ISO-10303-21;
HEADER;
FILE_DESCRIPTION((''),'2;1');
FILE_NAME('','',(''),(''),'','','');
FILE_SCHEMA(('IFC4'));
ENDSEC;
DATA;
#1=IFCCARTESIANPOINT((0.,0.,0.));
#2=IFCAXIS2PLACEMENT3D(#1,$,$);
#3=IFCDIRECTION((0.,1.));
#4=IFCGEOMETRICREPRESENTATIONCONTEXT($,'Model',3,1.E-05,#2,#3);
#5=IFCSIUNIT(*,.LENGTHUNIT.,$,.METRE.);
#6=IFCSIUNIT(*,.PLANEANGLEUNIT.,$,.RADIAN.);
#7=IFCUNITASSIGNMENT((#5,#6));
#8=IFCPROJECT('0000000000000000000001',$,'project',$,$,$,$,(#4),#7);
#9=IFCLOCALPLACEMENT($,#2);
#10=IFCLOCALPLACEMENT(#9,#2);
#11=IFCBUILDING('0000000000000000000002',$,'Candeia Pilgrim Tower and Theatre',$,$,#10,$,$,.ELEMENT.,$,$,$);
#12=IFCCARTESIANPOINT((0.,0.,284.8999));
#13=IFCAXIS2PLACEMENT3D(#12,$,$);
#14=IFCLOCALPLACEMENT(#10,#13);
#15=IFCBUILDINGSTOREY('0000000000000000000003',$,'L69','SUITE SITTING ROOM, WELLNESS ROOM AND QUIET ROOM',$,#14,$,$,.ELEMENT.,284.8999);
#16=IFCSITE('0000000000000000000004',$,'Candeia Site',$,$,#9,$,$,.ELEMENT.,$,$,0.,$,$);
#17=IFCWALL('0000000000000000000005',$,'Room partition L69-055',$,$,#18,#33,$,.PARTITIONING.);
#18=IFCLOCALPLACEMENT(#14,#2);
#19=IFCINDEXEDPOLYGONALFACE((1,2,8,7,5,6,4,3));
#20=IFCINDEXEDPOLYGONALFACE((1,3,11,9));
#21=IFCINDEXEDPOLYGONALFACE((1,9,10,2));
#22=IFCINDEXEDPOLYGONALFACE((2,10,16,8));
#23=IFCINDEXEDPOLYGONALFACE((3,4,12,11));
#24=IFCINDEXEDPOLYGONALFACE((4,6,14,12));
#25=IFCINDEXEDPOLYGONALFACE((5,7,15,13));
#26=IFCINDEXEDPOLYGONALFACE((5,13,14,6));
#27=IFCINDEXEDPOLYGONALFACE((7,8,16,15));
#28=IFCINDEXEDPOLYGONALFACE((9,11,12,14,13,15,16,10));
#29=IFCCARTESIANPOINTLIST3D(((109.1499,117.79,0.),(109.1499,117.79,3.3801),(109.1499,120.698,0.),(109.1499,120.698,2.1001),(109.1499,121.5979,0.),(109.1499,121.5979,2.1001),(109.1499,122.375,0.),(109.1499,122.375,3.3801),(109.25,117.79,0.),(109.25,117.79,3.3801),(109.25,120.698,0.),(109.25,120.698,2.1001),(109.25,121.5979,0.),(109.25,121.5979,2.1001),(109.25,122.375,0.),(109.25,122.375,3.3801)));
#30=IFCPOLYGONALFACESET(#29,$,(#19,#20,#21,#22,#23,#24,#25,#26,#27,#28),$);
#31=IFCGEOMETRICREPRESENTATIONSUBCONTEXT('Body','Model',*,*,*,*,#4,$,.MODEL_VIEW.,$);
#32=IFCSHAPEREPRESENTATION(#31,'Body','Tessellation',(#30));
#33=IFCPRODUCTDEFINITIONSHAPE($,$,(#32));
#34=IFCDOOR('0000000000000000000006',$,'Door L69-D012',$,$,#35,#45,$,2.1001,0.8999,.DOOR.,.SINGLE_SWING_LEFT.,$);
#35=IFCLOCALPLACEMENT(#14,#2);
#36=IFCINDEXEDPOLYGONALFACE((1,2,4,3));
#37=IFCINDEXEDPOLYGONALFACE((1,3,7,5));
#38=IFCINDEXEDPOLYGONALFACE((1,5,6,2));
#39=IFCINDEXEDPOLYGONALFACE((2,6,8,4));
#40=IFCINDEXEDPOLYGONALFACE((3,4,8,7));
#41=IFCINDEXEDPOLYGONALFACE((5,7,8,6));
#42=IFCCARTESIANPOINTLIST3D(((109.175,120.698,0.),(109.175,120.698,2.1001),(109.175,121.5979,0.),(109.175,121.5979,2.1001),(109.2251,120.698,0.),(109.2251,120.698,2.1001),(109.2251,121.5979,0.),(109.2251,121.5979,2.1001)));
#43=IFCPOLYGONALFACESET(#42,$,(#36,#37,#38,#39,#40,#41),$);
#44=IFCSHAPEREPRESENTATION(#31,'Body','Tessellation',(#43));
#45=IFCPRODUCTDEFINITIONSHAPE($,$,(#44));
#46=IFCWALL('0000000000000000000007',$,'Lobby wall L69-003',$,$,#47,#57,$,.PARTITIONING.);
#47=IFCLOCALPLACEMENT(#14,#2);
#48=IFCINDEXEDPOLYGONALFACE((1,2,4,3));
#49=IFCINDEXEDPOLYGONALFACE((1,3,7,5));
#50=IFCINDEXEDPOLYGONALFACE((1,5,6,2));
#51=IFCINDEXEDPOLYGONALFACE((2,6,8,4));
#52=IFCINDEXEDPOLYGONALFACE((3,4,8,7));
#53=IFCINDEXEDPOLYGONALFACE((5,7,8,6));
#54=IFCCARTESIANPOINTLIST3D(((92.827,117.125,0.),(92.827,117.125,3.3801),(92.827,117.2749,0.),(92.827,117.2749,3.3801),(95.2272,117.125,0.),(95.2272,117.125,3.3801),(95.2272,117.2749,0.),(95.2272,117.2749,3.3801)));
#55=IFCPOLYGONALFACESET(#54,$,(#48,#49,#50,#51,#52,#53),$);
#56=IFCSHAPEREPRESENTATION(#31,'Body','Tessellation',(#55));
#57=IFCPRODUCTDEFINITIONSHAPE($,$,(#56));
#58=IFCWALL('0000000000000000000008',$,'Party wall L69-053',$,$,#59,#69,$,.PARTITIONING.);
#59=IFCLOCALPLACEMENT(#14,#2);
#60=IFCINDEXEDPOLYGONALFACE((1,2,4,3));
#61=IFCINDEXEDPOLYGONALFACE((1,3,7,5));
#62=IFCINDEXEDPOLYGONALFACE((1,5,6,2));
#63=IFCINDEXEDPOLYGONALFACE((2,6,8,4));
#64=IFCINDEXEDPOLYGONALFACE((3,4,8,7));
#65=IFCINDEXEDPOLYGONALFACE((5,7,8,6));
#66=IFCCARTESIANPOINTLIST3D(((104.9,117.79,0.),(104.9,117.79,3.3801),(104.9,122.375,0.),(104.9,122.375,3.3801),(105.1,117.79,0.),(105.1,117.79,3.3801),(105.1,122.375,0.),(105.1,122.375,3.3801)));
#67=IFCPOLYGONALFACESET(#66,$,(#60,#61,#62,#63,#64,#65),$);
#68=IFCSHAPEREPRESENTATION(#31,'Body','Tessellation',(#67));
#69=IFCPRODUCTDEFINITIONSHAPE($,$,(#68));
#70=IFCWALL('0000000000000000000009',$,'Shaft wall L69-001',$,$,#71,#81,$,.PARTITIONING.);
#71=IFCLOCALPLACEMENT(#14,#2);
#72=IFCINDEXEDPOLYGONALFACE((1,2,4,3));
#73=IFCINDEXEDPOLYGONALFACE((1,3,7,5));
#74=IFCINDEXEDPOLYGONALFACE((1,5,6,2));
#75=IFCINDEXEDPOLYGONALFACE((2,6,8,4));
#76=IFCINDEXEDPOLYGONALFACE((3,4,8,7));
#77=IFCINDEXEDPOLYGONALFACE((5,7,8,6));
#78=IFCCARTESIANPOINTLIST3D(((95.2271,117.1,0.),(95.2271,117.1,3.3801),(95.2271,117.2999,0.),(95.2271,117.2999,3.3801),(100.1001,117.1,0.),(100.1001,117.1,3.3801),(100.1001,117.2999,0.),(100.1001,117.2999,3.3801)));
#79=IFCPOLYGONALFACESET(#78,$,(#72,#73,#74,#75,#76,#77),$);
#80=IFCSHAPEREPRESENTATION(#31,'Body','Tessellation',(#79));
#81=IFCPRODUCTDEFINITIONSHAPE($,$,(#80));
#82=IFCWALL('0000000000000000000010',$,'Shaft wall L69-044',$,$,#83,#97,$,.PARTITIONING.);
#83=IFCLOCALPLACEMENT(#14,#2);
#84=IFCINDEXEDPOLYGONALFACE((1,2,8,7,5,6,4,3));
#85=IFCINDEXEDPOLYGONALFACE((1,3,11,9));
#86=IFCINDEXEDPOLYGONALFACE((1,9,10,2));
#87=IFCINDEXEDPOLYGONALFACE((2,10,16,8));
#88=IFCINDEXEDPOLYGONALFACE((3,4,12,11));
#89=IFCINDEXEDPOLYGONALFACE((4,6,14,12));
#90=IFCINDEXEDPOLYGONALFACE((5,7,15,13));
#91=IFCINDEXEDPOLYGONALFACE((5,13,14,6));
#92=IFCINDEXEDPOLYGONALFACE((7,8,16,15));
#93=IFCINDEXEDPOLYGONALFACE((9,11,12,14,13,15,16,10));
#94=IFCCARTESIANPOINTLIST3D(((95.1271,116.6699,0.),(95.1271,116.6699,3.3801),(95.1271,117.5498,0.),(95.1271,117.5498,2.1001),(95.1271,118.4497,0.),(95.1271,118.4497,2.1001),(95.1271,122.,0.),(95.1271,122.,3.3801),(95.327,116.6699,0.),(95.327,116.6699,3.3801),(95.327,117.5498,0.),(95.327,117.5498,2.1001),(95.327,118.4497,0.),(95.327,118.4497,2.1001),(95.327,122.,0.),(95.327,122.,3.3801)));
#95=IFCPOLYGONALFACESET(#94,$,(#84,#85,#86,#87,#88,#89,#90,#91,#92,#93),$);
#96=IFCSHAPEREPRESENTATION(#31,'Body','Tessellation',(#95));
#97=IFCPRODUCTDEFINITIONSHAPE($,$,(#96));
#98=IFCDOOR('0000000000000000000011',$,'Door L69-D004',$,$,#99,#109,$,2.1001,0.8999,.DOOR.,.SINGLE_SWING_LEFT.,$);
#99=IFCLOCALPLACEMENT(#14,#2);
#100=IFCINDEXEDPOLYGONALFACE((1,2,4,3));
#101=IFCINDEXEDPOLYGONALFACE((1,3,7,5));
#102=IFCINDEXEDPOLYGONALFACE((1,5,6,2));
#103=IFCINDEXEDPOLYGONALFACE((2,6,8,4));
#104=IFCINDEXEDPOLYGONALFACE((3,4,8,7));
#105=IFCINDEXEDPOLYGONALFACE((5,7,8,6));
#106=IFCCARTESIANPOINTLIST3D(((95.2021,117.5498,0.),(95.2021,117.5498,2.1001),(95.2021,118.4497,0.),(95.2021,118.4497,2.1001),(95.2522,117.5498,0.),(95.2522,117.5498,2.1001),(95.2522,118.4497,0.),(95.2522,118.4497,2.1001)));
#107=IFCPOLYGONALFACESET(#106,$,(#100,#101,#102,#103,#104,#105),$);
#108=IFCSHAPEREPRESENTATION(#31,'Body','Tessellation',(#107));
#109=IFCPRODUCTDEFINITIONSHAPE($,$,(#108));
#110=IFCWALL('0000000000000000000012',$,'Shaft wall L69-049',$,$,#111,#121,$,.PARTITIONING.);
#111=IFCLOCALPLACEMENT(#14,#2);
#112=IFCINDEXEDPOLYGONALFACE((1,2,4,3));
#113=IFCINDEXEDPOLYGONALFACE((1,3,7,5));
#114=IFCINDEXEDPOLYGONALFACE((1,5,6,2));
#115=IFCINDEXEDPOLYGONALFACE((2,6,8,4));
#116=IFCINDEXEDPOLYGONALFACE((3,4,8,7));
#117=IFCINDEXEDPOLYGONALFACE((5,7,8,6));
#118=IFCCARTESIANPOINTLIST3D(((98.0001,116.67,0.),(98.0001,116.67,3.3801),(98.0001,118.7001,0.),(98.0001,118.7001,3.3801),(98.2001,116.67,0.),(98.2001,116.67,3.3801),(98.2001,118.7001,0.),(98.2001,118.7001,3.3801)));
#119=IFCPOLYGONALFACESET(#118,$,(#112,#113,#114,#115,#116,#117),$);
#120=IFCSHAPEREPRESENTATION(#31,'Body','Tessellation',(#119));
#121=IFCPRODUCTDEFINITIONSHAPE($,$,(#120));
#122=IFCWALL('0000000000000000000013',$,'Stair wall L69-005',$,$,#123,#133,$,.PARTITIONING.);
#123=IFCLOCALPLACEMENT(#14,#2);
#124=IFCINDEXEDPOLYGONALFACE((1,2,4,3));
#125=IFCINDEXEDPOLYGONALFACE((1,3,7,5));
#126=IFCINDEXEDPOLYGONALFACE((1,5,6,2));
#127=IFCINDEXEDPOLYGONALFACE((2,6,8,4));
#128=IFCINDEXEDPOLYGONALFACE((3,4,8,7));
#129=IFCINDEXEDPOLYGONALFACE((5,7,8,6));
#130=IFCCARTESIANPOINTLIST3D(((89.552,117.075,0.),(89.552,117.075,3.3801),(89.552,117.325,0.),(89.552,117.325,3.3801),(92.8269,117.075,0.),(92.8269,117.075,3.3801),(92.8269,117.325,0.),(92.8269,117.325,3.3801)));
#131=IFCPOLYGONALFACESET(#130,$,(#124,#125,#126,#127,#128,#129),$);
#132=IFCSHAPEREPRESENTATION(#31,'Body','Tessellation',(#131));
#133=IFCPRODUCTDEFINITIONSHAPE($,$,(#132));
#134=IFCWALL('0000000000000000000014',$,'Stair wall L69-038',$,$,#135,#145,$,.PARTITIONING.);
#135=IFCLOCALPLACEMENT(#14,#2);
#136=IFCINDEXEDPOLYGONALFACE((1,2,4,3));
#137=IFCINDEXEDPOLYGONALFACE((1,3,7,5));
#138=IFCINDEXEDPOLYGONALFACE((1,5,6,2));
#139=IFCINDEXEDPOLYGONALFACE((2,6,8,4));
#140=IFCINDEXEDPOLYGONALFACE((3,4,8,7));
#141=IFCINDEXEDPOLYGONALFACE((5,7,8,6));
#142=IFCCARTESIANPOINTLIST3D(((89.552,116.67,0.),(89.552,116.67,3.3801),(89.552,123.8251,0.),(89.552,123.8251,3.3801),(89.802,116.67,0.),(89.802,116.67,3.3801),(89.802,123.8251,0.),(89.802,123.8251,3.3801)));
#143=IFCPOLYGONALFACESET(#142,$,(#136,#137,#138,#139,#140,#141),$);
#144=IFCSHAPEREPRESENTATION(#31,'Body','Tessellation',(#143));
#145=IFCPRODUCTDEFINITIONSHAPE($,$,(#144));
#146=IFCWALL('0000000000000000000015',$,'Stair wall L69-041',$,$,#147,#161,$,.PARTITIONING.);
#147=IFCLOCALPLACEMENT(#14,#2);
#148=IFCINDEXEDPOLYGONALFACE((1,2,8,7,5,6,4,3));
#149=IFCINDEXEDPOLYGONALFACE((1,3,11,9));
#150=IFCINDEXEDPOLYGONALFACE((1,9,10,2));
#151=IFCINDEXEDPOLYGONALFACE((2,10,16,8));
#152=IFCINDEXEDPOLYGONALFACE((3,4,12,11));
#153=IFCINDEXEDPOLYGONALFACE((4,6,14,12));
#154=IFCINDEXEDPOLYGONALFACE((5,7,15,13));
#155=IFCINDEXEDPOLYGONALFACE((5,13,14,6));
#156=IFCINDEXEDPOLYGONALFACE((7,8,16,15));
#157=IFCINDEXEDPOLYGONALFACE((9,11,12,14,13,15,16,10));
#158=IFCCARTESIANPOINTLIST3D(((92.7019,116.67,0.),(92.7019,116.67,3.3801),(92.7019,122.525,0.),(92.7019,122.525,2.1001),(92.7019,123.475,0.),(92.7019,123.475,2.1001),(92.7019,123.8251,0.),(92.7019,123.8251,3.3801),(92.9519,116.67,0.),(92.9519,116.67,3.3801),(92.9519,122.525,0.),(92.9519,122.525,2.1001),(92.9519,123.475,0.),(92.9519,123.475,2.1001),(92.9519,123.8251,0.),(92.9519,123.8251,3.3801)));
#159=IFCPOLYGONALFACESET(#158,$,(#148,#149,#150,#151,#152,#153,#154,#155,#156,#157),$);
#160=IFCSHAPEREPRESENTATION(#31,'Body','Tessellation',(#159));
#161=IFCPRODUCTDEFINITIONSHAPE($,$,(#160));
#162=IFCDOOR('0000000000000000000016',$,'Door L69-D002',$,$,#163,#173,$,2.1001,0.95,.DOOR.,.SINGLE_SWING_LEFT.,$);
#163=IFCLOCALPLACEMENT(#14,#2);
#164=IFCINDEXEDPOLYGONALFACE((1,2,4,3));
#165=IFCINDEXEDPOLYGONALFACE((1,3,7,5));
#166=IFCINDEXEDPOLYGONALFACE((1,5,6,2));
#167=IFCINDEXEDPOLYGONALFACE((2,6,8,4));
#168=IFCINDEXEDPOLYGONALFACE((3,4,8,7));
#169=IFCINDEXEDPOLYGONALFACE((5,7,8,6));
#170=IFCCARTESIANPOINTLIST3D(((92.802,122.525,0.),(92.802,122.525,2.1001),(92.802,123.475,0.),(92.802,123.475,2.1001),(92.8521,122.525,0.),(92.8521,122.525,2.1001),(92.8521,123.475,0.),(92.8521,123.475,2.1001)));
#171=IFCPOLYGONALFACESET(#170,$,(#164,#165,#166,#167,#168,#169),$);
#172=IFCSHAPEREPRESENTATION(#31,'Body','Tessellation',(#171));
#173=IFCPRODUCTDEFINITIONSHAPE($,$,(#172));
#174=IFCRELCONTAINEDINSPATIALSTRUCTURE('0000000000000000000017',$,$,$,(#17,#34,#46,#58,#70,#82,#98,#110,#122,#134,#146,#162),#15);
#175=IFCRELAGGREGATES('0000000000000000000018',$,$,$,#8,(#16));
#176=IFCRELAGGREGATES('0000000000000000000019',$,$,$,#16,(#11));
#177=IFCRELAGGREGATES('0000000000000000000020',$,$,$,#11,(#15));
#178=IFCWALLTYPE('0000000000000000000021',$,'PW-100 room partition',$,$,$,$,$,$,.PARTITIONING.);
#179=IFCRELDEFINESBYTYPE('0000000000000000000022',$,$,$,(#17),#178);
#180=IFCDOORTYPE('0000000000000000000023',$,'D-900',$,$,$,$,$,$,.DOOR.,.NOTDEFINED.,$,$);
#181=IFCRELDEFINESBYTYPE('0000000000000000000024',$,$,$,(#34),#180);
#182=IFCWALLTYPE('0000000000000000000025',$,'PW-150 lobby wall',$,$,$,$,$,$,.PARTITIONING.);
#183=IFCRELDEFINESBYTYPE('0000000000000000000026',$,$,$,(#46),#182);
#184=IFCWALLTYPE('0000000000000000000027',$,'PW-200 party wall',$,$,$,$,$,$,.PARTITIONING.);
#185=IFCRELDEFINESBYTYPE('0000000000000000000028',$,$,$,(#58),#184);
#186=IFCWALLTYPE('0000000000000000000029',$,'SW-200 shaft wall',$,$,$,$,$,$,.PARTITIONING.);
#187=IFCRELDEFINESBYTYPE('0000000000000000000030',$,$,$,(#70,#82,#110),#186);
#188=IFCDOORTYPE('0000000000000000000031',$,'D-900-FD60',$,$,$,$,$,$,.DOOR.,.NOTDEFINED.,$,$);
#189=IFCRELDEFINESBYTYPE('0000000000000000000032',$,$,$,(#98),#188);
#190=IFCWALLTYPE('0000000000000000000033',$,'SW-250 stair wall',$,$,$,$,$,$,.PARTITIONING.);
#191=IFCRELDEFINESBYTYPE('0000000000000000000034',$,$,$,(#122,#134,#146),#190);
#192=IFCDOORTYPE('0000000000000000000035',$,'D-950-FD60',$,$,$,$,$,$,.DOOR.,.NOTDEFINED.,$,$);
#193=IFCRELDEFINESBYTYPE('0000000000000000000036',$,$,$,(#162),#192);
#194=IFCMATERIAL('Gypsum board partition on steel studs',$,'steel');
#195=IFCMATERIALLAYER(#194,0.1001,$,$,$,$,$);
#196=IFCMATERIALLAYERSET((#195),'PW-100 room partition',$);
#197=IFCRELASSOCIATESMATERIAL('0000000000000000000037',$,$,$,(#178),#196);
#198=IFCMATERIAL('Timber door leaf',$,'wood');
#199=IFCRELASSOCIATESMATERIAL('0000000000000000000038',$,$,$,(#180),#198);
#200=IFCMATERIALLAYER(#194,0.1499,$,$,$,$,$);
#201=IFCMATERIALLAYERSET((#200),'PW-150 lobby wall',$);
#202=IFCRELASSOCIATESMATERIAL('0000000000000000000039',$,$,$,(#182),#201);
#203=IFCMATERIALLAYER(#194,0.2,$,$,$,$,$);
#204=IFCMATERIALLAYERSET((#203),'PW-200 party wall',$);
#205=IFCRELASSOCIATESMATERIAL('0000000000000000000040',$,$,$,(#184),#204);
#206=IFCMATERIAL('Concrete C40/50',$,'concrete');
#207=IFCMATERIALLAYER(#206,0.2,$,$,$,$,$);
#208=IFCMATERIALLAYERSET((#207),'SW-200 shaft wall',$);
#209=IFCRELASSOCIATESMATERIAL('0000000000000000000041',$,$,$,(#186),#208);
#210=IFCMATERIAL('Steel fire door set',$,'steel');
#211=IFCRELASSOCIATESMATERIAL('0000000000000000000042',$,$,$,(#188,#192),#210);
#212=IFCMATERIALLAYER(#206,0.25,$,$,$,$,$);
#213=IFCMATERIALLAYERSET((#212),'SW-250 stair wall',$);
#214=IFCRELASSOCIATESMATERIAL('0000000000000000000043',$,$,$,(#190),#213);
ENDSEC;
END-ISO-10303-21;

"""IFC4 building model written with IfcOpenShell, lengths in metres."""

from ifc_helpers import new_model, si_unit, direction, frame, frame_2d, origin, place, context, subcontext, project, spatial, rectangle, extrude, material, layer, layer_set, type_object, element, fill, save


model = new_model("IFC4")

# Units and contexts
model_context = context("Model", 3, precision=1e-05, world=origin(), true_north=direction((0.0, 1.0)))
body_context = subcontext(model_context, "Body", "Model", "MODEL_VIEW")
ifc_project = project(units=[si_unit("LENGTHUNIT", "METRE"), si_unit("PLANEANGLEUNIT", "RADIAN")], contexts=[model_context])

# Site, building, storey
site_placement = place(None, origin())
site = spatial("IfcSite", under=ifc_project, at=site_placement, Name="Candeia Site", CompositionType="ELEMENT", RefElevation=0.0)
building_placement = place(site_placement, origin())
building = spatial("IfcBuilding", under=site, at=building_placement, Name="Candeia Pilgrim Tower and Theatre", CompositionType="ELEMENT")
storey_placement = place(building_placement, frame((0.0, 0.0, 284.8999)))
storey = spatial("IfcBuildingStorey", under=building, at=storey_placement, Name="L69", Description="SUITE SITTING ROOM, WELLNESS ROOM AND QUIET ROOM", CompositionType="ELEMENT", Elevation=284.8999)

# Shared definitions
ifc_material_1 = material(Name="Concrete C40/50", Category="concrete")

# Wall, opening, door
ifc_material_2 = material(Name="Gypsum board partition on steel studs", Category="steel")
ifc_layer_1 = layer(ifc_material_2, 0.1001)
ifc_layer_set_1 = layer_set([ifc_layer_1], Name="PW-100 room partition")
wall_type_1 = type_object("IfcWallType", Name="PW-100 room partition", PredefinedType="PARTITIONING", material=ifc_layer_set_1)
wall_1_placement = place(storey_placement, frame((109.2, 117.79, 0.0), z_axis=(0.0, 0.0, 1.0), x_axis=(0.0, 1.0, 0.0)))
wall_1 = element("IfcWall", 1, at=wall_1_placement, inside=storey, type_object=wall_type_1, Name="Room partition L69-055", PredefinedType="PARTITIONING", context=body_context, shape_type="SweptSolid", body=[
    extrude(rectangle(XDim=4.585, YDim=0.1001, at=frame_2d((2.2925, 0.0))), origin(), (0.0, 0.0, 1.0), 3.3801),
])
opening_1_placement = place(wall_1_placement, frame((2.908, 0.0, 0.0)))
opening_1 = element("IfcOpeningElement", 2, at=opening_1_placement, cuts=wall_1, PredefinedType="OPENING", context=body_context, shape_type="SweptSolid", body=[
    extrude(rectangle(XDim=0.8999, YDim=2.1001, at=frame_2d((0.45, 1.05))), frame((0.0, 0.0601, 0.0), z_axis=(0.0, -1.0, 0.0), x_axis=(1.0, 0.0, 0.0)), (0.0, 0.0, 1.0), 0.1201),
])
ifc_material_3 = material(Name="Timber door leaf", Category="wood")
door_type_1 = type_object("IfcDoorType", Name="D-900", OperationType="NOTDEFINED", PredefinedType="DOOR", material=ifc_material_3)
door_1_placement = place(opening_1_placement, origin())
door_1 = element("IfcDoor", 3, at=door_1_placement, inside=storey, type_object=door_type_1, Name="Door L69-D012", OperationType="SINGLE_SWING_LEFT", OverallHeight=2.1001, OverallWidth=0.8999, PredefinedType="DOOR", context=body_context, shape_type="SweptSolid", body=[
    extrude(rectangle(XDim=0.8999, YDim=2.1001, at=frame_2d((0.45, 1.05))), frame((0.0, 0.0249, 0.0), z_axis=(0.0, -1.0, 0.0), x_axis=(1.0, 0.0, 0.0)), (0.0, 0.0, 1.0), 0.05),
])
fill(opening_1, door_1)

# Walls
ifc_layer_2 = layer(ifc_material_2, 0.1499)
ifc_layer_set_2 = layer_set([ifc_layer_2], Name="PW-150 lobby wall")
wall_type_2 = type_object("IfcWallType", Name="PW-150 lobby wall", PredefinedType="PARTITIONING", material=ifc_layer_set_2)
wall_2_placement = place(storey_placement, frame((92.8269, 117.2, 0.0), z_axis=(0.0, 0.0, 1.0), x_axis=(1.0, 0.0, 0.0)))
element("IfcWall", 4, at=wall_2_placement, inside=storey, type_object=wall_type_2, Name="Lobby wall L69-003", PredefinedType="PARTITIONING", context=body_context, shape_type="SweptSolid", body=[
    extrude(rectangle(XDim=2.4001, YDim=0.1499, at=frame_2d((1.2002, 0.0))), origin(), (0.0, 0.0, 1.0), 3.3801),
])
ifc_layer_3 = layer(ifc_material_2, 0.2)
ifc_layer_set_3 = layer_set([ifc_layer_3], Name="PW-200 party wall")
wall_type_3 = type_object("IfcWallType", Name="PW-200 party wall", PredefinedType="PARTITIONING", material=ifc_layer_set_3)
wall_3_placement = place(storey_placement, frame((105.0, 117.79, 0.0), z_axis=(0.0, 0.0, 1.0), x_axis=(0.0, 1.0, 0.0)))
element("IfcWall", 5, at=wall_3_placement, inside=storey, type_object=wall_type_3, Name="Party wall L69-053", PredefinedType="PARTITIONING", context=body_context, shape_type="SweptSolid", body=[
    extrude(rectangle(XDim=4.585, YDim=0.2, at=frame_2d((2.2925, 0.0))), origin(), (0.0, 0.0, 1.0), 3.3801),
])
ifc_layer_4 = layer(ifc_material_1, 0.2)
ifc_layer_set_4 = layer_set([ifc_layer_4], Name="SW-200 shaft wall")
wall_type_4 = type_object("IfcWallType", Name="SW-200 shaft wall", PredefinedType="PARTITIONING", material=ifc_layer_set_4)
wall_4_placement = place(storey_placement, frame((95.2271, 117.2, 0.0), z_axis=(0.0, 0.0, 1.0), x_axis=(1.0, 0.0, 0.0)))
element("IfcWall", 6, at=wall_4_placement, inside=storey, type_object=wall_type_4, Name="Shaft wall L69-001", PredefinedType="PARTITIONING", context=body_context, shape_type="SweptSolid", body=[
    extrude(rectangle(XDim=4.873, YDim=0.2, at=frame_2d((2.4365, 0.0))), origin(), (0.0, 0.0, 1.0), 3.3801),
])

# Wall, opening, door
wall_5_placement = place(storey_placement, frame((95.2271, 116.6699, 0.0), z_axis=(0.0, 0.0, 1.0), x_axis=(0.0, 1.0, 0.0)))
wall_5 = element("IfcWall", 7, at=wall_5_placement, inside=storey, type_object=wall_type_4, Name="Shaft wall L69-044", PredefinedType="PARTITIONING", context=body_context, shape_type="SweptSolid", body=[
    extrude(rectangle(XDim=5.3301, YDim=0.2, at=frame_2d((2.665, 0.0))), origin(), (0.0, 0.0, 1.0), 3.3801),
])
opening_2_placement = place(wall_5_placement, frame((0.8799, 0.0, 0.0)))
opening_2 = element("IfcOpeningElement", 8, at=opening_2_placement, cuts=wall_5, PredefinedType="OPENING", context=body_context, shape_type="SweptSolid", body=[
    extrude(rectangle(XDim=0.8999, YDim=2.1001, at=frame_2d((0.45, 1.05))), frame((0.0, 0.1099, 0.0), z_axis=(0.0, -1.0, 0.0), x_axis=(1.0, 0.0, 0.0)), (0.0, 0.0, 1.0), 0.22),
])
ifc_material_4 = material(Name="Steel fire door set", Category="steel")
door_type_2 = type_object("IfcDoorType", Name="D-900-FD60", OperationType="NOTDEFINED", PredefinedType="DOOR", material=ifc_material_4)
door_2_placement = place(opening_2_placement, origin())
door_2 = element("IfcDoor", 9, at=door_2_placement, inside=storey, type_object=door_type_2, Name="Door L69-D004", OperationType="SINGLE_SWING_LEFT", OverallHeight=2.1001, OverallWidth=0.8999, PredefinedType="DOOR", context=body_context, shape_type="SweptSolid", body=[
    extrude(rectangle(XDim=0.8999, YDim=2.1001, at=frame_2d((0.45, 1.05))), frame((0.0, 0.0249, 0.0), z_axis=(0.0, -1.0, 0.0), x_axis=(1.0, 0.0, 0.0)), (0.0, 0.0, 1.0), 0.05),
])
fill(opening_2, door_2)

# Walls
wall_6_placement = place(storey_placement, frame((98.1001, 116.6699, 0.0), z_axis=(0.0, 0.0, 1.0), x_axis=(0.0, 1.0, 0.0)))
element("IfcWall", 10, at=wall_6_placement, inside=storey, type_object=wall_type_4, Name="Shaft wall L69-049", PredefinedType="PARTITIONING", context=body_context, shape_type="SweptSolid", body=[
    extrude(rectangle(XDim=2.03, YDim=0.2, at=frame_2d((1.0151, 0.0))), origin(), (0.0, 0.0, 1.0), 3.3801),
])
ifc_layer_5 = layer(ifc_material_1, 0.25)
ifc_layer_set_5 = layer_set([ifc_layer_5], Name="SW-250 stair wall")
wall_type_5 = type_object("IfcWallType", Name="SW-250 stair wall", PredefinedType="PARTITIONING", material=ifc_layer_set_5)
wall_7_placement = place(storey_placement, frame((89.552, 117.2, 0.0), z_axis=(0.0, 0.0, 1.0), x_axis=(1.0, 0.0, 0.0)))
element("IfcWall", 11, at=wall_7_placement, inside=storey, type_object=wall_type_5, Name="Stair wall L69-005", PredefinedType="PARTITIONING", context=body_context, shape_type="SweptSolid", body=[
    extrude(rectangle(XDim=3.2749, YDim=0.25, at=frame_2d((1.6375, 0.0))), origin(), (0.0, 0.0, 1.0), 3.3801),
])
wall_8_placement = place(storey_placement, frame((89.677, 116.6699, 0.0), z_axis=(0.0, 0.0, 1.0), x_axis=(0.0, 1.0, 0.0)))
element("IfcWall", 12, at=wall_8_placement, inside=storey, type_object=wall_type_5, Name="Stair wall L69-038", PredefinedType="PARTITIONING", context=body_context, shape_type="SweptSolid", body=[
    extrude(rectangle(XDim=7.155, YDim=0.25, at=frame_2d((3.5776, 0.0))), origin(), (0.0, 0.0, 1.0), 3.3801),
])

# Wall, opening, door
wall_9_placement = place(storey_placement, frame((92.8269, 116.6699, 0.0), z_axis=(0.0, 0.0, 1.0), x_axis=(0.0, 1.0, 0.0)))
wall_9 = element("IfcWall", 13, at=wall_9_placement, inside=storey, type_object=wall_type_5, Name="Stair wall L69-041", PredefinedType="PARTITIONING", context=body_context, shape_type="SweptSolid", body=[
    extrude(rectangle(XDim=7.155, YDim=0.25, at=frame_2d((3.5776, 0.0))), origin(), (0.0, 0.0, 1.0), 3.3801),
])
opening_3_placement = place(wall_9_placement, frame((5.855, 0.0, 0.0)))
opening_3 = element("IfcOpeningElement", 14, at=opening_3_placement, cuts=wall_9, PredefinedType="OPENING", context=body_context, shape_type="SweptSolid", body=[
    extrude(rectangle(XDim=0.95, YDim=2.1001, at=frame_2d((0.4751, 1.05))), frame((0.0, 0.135, 0.0), z_axis=(0.0, -1.0, 0.0), x_axis=(1.0, 0.0, 0.0)), (0.0, 0.0, 1.0), 0.27),
])
door_type_3 = type_object("IfcDoorType", Name="D-950-FD60", OperationType="NOTDEFINED", PredefinedType="DOOR", material=ifc_material_4)
door_3_placement = place(opening_3_placement, origin())
door_3 = element("IfcDoor", 15, at=door_3_placement, inside=storey, type_object=door_type_3, Name="Door L69-D002", OperationType="SINGLE_SWING_LEFT", OverallHeight=2.1001, OverallWidth=0.95, PredefinedType="DOOR", context=body_context, shape_type="SweptSolid", body=[
    extrude(rectangle(XDim=0.95, YDim=2.1001, at=frame_2d((0.4751, 1.05))), frame((0.0, 0.0249, 0.0), z_axis=(0.0, -1.0, 0.0), x_axis=(1.0, 0.0, 0.0)), (0.0, 0.0, 1.0), 0.05),
])
fill(opening_3, door_3)

save(model, "model.ifc")
